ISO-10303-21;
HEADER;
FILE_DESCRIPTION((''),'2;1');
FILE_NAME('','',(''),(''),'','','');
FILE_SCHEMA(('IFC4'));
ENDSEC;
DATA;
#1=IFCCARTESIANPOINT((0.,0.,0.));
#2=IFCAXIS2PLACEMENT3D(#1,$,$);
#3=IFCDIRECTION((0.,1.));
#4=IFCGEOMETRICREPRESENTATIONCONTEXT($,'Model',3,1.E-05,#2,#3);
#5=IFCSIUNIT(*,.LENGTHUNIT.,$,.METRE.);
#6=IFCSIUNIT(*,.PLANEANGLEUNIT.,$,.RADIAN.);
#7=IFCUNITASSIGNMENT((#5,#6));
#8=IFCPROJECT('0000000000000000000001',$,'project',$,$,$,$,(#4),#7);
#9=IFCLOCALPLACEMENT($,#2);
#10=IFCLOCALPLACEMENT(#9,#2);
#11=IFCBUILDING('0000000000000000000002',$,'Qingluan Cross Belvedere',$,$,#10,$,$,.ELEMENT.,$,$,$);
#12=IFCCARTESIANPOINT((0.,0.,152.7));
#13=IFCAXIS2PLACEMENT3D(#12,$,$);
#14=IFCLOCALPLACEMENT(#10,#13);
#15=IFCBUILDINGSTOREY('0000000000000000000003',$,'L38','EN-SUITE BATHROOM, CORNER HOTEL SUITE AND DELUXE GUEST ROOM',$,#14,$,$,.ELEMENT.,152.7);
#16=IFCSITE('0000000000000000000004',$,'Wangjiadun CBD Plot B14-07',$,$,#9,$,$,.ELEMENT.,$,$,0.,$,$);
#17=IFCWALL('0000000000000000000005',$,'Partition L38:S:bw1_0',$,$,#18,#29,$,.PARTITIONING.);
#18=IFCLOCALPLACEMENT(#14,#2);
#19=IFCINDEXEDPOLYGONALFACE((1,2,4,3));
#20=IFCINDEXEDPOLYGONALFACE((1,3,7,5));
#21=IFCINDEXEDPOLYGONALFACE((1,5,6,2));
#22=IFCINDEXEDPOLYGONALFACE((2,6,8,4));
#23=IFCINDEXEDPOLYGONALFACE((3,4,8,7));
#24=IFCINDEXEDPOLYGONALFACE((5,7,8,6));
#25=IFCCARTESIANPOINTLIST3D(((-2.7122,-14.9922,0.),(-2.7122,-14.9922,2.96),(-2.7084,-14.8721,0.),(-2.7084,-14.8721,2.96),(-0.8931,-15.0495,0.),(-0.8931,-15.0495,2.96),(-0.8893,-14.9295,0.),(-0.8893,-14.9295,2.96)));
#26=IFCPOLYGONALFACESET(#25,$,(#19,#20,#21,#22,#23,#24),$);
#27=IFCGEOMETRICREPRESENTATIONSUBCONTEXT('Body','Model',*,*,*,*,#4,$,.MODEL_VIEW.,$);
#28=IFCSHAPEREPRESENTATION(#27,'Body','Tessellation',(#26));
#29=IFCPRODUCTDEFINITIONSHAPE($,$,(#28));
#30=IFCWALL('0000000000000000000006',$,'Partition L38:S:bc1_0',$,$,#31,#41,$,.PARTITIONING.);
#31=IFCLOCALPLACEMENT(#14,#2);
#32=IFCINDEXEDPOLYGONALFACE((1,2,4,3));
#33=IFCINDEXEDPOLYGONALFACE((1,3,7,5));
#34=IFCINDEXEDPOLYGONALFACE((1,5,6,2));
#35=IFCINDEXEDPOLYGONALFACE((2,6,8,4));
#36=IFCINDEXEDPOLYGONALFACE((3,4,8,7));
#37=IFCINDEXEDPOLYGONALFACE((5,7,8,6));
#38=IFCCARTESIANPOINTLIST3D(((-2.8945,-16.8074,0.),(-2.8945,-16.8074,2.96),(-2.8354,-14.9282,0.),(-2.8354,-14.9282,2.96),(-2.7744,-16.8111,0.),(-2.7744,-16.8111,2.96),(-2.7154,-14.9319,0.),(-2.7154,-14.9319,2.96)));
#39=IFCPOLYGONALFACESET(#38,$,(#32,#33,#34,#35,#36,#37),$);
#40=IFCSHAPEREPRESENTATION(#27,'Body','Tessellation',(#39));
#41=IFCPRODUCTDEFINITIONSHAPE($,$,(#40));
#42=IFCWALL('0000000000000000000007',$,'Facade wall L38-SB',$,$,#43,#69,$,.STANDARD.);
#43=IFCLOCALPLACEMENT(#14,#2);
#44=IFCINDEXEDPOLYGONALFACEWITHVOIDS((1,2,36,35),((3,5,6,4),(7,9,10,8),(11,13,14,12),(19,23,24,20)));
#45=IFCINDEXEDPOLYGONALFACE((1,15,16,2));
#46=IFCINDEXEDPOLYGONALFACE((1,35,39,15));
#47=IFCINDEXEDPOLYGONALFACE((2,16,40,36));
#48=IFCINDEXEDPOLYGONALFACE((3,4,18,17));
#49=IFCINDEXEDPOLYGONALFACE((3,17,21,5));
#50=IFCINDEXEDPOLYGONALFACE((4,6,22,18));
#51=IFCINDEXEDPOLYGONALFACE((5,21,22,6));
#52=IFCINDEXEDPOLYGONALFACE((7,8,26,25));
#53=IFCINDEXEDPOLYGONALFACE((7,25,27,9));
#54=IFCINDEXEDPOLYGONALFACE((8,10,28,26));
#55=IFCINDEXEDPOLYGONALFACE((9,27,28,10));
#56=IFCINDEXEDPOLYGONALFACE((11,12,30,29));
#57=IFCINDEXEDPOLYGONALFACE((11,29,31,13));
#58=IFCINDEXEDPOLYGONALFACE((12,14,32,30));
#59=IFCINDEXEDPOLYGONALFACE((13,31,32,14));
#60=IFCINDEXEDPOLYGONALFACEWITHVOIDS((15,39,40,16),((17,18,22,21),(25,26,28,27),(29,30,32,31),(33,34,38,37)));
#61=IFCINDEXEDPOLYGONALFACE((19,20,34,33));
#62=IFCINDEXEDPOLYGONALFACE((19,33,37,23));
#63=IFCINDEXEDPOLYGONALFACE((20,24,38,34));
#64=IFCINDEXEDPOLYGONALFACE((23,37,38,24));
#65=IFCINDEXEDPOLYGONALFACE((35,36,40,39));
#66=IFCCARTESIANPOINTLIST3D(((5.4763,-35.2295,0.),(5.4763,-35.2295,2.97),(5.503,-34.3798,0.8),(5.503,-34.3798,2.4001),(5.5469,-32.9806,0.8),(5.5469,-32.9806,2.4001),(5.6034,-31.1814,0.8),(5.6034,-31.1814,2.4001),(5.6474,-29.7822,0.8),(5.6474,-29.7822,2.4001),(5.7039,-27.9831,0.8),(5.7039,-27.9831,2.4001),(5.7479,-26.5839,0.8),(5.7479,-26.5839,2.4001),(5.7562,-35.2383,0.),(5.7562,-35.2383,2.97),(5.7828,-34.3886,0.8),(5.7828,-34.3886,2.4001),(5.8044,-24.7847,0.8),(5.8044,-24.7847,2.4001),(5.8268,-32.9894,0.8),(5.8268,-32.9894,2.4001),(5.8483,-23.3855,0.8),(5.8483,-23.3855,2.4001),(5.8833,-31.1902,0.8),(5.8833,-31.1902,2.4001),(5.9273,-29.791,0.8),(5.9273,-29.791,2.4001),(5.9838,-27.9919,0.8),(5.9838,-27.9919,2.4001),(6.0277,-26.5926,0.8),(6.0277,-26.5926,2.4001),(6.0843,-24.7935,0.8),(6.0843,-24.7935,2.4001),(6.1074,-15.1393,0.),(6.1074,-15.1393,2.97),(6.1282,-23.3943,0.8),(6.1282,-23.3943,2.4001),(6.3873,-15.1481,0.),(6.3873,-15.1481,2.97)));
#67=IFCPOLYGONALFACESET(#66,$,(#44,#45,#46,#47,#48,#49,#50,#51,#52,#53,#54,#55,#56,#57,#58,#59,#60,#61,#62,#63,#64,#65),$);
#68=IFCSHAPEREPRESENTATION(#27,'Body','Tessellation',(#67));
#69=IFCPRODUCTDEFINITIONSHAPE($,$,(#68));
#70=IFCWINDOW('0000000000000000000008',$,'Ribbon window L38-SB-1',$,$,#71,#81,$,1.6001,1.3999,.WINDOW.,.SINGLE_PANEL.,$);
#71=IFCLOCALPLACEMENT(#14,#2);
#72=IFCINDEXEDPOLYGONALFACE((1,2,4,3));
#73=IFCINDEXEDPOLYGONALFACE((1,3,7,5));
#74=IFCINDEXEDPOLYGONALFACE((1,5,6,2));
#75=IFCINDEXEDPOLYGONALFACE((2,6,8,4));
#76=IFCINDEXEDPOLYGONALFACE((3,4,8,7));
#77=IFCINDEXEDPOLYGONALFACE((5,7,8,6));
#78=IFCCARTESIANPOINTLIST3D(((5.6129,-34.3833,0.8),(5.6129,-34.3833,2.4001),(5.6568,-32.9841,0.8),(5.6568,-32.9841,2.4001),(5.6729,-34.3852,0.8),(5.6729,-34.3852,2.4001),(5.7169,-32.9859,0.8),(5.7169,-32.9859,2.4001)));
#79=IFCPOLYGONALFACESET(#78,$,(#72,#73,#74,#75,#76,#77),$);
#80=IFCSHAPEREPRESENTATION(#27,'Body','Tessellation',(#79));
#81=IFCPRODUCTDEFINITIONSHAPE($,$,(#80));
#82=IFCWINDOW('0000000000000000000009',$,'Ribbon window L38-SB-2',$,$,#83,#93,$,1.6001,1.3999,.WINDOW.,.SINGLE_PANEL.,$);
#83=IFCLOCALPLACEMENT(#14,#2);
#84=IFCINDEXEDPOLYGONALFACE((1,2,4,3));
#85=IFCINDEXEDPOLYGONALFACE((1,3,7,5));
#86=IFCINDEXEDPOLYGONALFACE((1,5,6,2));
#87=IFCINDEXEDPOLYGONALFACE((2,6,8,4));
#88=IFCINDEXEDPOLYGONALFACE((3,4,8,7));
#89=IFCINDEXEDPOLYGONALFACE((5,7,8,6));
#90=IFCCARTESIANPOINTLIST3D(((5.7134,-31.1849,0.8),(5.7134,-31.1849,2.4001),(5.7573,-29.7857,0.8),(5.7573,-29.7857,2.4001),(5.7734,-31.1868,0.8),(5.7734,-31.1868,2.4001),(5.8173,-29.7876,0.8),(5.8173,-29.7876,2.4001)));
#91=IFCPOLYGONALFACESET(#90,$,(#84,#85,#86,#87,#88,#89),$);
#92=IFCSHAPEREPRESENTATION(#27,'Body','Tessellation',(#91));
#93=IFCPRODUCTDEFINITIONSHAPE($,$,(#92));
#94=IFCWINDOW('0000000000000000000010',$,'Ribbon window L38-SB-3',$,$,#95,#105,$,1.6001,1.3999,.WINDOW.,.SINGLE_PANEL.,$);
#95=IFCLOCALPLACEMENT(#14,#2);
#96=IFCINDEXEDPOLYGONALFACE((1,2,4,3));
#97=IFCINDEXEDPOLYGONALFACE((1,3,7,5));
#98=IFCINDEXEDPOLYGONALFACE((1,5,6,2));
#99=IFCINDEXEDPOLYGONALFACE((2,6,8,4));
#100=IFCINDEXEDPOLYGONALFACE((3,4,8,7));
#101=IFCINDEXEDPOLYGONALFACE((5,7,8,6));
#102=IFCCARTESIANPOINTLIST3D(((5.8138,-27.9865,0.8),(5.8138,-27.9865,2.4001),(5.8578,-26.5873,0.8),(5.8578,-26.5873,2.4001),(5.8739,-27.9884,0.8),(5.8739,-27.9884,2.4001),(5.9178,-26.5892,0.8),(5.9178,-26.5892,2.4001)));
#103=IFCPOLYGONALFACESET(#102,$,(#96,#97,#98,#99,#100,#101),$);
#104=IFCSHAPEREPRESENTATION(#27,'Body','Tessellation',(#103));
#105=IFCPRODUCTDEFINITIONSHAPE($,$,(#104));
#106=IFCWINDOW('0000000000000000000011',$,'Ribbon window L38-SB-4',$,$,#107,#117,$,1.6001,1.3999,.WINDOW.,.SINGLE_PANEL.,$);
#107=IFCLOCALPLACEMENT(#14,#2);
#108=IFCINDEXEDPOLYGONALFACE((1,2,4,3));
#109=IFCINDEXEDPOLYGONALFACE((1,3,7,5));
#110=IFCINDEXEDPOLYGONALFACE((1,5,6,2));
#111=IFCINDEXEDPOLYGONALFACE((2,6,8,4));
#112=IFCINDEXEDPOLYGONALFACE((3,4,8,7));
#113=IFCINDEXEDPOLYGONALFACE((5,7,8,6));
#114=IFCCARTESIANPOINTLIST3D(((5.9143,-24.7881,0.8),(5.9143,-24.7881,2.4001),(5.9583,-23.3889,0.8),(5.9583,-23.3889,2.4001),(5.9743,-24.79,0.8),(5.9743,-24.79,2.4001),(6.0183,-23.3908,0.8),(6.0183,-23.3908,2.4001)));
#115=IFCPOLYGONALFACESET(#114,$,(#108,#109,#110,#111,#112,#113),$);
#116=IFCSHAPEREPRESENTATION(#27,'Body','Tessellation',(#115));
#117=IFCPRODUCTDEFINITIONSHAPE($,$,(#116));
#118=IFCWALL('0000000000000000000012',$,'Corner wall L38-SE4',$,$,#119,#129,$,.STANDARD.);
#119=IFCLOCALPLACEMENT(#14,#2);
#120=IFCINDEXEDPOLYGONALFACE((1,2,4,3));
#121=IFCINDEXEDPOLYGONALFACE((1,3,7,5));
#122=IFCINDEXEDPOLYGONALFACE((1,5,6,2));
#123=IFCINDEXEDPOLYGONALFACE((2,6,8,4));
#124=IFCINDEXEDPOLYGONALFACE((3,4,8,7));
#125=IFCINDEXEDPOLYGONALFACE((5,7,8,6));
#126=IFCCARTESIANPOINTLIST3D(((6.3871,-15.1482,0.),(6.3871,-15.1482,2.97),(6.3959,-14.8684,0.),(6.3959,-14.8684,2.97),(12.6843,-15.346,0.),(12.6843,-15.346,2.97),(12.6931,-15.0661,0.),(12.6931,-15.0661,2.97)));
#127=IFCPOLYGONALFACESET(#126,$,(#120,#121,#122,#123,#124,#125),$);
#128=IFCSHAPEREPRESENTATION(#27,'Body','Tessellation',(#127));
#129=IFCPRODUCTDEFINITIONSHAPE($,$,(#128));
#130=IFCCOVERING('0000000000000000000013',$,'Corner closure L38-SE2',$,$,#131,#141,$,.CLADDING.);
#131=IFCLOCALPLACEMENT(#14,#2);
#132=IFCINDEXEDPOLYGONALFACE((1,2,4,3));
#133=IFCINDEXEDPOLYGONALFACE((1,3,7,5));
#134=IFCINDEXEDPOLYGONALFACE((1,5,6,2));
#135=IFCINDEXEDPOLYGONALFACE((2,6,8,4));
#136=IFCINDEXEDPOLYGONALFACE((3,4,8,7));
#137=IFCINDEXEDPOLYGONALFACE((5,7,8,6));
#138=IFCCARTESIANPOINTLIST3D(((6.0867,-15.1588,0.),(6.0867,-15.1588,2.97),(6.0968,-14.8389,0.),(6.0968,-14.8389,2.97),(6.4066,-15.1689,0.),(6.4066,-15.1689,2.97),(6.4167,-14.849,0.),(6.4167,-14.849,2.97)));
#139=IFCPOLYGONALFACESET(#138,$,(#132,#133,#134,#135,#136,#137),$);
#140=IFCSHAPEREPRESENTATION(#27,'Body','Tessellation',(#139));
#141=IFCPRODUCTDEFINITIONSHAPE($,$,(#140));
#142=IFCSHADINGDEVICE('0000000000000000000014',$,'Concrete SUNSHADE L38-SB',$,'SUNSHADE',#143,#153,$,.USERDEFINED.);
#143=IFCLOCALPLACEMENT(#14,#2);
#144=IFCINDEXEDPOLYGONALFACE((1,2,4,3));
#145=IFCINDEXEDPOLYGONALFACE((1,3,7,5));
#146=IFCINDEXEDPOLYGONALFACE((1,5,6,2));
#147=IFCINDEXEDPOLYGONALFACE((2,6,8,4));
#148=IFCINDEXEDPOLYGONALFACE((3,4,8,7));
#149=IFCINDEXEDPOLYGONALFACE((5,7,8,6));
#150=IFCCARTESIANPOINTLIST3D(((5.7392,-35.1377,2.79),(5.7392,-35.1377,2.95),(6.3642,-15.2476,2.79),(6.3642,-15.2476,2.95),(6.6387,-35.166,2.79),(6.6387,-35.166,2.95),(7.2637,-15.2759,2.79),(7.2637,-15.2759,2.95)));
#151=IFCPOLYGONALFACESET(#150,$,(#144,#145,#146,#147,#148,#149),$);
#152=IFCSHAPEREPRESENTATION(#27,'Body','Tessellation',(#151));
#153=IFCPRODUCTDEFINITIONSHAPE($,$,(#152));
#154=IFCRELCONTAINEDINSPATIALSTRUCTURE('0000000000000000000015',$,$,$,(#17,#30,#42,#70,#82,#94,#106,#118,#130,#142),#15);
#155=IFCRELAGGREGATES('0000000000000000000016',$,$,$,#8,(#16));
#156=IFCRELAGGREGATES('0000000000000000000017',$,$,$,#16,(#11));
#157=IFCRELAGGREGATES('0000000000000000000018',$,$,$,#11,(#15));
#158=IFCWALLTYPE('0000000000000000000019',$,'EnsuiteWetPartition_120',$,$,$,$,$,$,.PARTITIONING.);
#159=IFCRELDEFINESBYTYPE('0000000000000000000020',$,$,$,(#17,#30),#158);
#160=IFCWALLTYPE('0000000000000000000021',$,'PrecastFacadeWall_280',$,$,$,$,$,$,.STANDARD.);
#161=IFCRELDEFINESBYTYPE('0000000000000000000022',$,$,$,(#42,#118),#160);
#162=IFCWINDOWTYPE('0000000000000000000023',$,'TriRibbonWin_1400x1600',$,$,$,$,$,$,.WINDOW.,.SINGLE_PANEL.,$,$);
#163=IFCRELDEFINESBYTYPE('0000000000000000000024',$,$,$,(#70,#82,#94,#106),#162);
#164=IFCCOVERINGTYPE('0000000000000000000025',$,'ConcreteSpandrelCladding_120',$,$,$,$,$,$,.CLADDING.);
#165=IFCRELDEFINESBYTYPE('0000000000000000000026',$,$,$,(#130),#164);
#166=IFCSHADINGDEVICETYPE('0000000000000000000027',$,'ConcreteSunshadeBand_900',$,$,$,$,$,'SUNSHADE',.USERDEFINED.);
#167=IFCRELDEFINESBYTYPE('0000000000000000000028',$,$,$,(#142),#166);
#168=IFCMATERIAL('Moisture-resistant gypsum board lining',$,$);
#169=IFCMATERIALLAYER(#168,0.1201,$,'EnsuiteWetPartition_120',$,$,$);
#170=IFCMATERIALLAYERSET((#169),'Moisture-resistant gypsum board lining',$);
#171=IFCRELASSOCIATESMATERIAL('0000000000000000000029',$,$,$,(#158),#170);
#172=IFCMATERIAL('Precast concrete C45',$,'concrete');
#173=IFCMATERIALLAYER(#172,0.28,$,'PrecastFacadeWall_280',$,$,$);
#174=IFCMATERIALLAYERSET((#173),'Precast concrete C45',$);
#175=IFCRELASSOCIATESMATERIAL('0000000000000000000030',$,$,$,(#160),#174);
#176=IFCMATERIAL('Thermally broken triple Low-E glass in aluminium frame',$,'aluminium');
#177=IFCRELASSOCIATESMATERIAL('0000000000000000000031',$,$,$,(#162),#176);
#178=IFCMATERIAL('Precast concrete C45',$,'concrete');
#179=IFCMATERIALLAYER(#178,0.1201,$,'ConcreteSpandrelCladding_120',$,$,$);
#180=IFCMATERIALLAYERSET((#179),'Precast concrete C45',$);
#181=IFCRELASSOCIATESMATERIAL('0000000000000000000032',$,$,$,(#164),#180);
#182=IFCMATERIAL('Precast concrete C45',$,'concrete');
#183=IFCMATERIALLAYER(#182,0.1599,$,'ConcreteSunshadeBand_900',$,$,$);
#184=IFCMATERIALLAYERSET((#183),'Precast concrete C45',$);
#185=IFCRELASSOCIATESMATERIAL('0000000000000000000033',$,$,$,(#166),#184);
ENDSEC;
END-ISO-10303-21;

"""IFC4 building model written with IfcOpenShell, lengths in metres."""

from ifc_helpers import new_model, si_unit, direction, frame, frame_2d, origin, origin_2d, place, context, subcontext, project, spatial, rectangle, extrude, material, layer, layer_set, type_object, element, fill, save


model = new_model("IFC4")

# Units and contexts
model_context = context("Model", 3, precision=1e-05, world=origin(), true_north=direction((0.0, 1.0)))
body_context = subcontext(model_context, "Body", "Model", "MODEL_VIEW")
ifc_project = project(units=[si_unit("LENGTHUNIT", "METRE"), si_unit("PLANEANGLEUNIT", "RADIAN")], contexts=[model_context])

# Site, building, storey
site_placement = place(None, origin())
site = spatial("IfcSite", under=ifc_project, at=site_placement, Name="Wangjiadun CBD Plot B14-07", CompositionType="ELEMENT", RefElevation=0.0)
building_placement = place(site_placement, origin())
building = spatial("IfcBuilding", under=site, at=building_placement, Name="Qingluan Cross Belvedere", CompositionType="ELEMENT")
storey_placement = place(building_placement, frame((0.0, 0.0, 152.7)))
storey = spatial("IfcBuildingStorey", under=building, at=storey_placement, Name="L38", Description="EN-SUITE BATHROOM, CORNER HOTEL SUITE AND DELUXE GUEST ROOM", CompositionType="ELEMENT", Elevation=152.7)

# Shared definitions
ifc_material_1 = material(Name="Moisture-resistant gypsum board lining")
ifc_layer_1 = layer(ifc_material_1, 0.1201, Name="EnsuiteWetPartition_120")
ifc_layer_set_1 = layer_set([ifc_layer_1], Name="Moisture-resistant gypsum board lining")
wall_type_1 = type_object("IfcWallType", Name="EnsuiteWetPartition_120", PredefinedType="PARTITIONING", material=ifc_layer_set_1)

# Walls
wall_1_placement = place(storey_placement, frame((-2.7104, -14.9321, 0.0), z_axis=(0.0, 0.0, 1.0), x_axis=(0.999503, -0.031524, 0.0)))
element("IfcWall", 1, at=wall_1_placement, inside=storey, type_object=wall_type_1, Name="Partition L38:S:bw1_0", PredefinedType="PARTITIONING", context=body_context, shape_type="SweptSolid", body=[
    extrude(rectangle(XDim=1.8201, YDim=0.1201, at=frame_2d((0.9102, 0.0))), origin(), (0.0, 0.0, 1.0), 2.96),
])
wall_2_placement = place(storey_placement, frame((-2.7754, -14.9302, 0.0), z_axis=(0.0, 0.0, 1.0), x_axis=(-0.031425, -0.999506, 0.0)))
element("IfcWall", 2, at=wall_2_placement, inside=storey, type_object=wall_type_1, Name="Partition L38:S:bc1_0", PredefinedType="PARTITIONING", context=body_context, shape_type="SweptSolid", body=[
    extrude(rectangle(XDim=1.8801, YDim=0.1201, at=frame_2d((0.9399, 0.0))), origin(), (0.0, 0.0, 1.0), 2.96),
])

# Wall, openings, windows
ifc_material_2 = material(Name="Precast concrete C45", Category="concrete")
ifc_layer_2 = layer(ifc_material_2, 0.28, Name="PrecastFacadeWall_280")
ifc_layer_set_2 = layer_set([ifc_layer_2], Name="Precast concrete C45")
wall_type_2 = type_object("IfcWallType", Name="PrecastFacadeWall_280", PredefinedType="STANDARD", material=ifc_layer_set_2)
wall_3_placement = place(storey_placement, frame((5.6162, -35.2339, 0.0), z_axis=(0.0, 0.0, 1.0), x_axis=(0.031398, 0.999507, 0.0)))
wall_3 = element("IfcWall", 3, at=wall_3_placement, inside=storey, type_object=wall_type_2, Name="Facade wall L38-SB", PredefinedType="STANDARD", context=body_context, shape_type="SweptSolid", body=[
    extrude(rectangle(XDim=20.1001, YDim=0.28, at=frame_2d((10.05, 0.0))), origin(), (0.0, 0.0, 1.0), 2.97),
])
opening_1_placement = place(wall_3_placement, frame((0.8501, 0.0, 0.8)))
opening_1 = element("IfcOpeningElement", 4, at=opening_1_placement, cuts=wall_3, PredefinedType="OPENING", context=body_context, shape_type="SweptSolid", body=[
    extrude(rectangle(XDim=1.3999, YDim=1.6001, at=frame_2d((0.7, 0.8))), frame((0.0, 0.1499, 0.0), z_axis=(0.0, -1.0, 0.0), x_axis=(1.0, 0.0, 0.0)), (0.0, 0.0, 1.0), 0.3),
])
opening_2_placement = place(wall_3_placement, frame((4.05, 0.0, 0.8)))
opening_2 = element("IfcOpeningElement", 5, at=opening_2_placement, cuts=wall_3, PredefinedType="OPENING", context=body_context, shape_type="SweptSolid", body=[
    extrude(rectangle(XDim=1.3999, YDim=1.6001, at=frame_2d((0.7, 0.8))), frame((0.0, 0.1499, 0.0), z_axis=(0.0, -1.0, 0.0), x_axis=(1.0, 0.0, 0.0)), (0.0, 0.0, 1.0), 0.3),
])
opening_3_placement = place(wall_3_placement, frame((7.25, 0.0, 0.8)))
opening_3 = element("IfcOpeningElement", 6, at=opening_3_placement, cuts=wall_3, PredefinedType="OPENING", context=body_context, shape_type="SweptSolid", body=[
    extrude(rectangle(XDim=1.3999, YDim=1.6001, at=frame_2d((0.7, 0.8))), frame((0.0, 0.1499, 0.0), z_axis=(0.0, -1.0, 0.0), x_axis=(1.0, 0.0, 0.0)), (0.0, 0.0, 1.0), 0.3),
])
opening_4_placement = place(wall_3_placement, frame((10.45, 0.0, 0.8)))
opening_4 = element("IfcOpeningElement", 7, at=opening_4_placement, cuts=wall_3, PredefinedType="OPENING", context=body_context, shape_type="SweptSolid", body=[
    extrude(rectangle(XDim=1.3999, YDim=1.6001, at=frame_2d((0.7, 0.8))), frame((0.0, 0.1499, 0.0), z_axis=(0.0, -1.0, 0.0), x_axis=(1.0, 0.0, 0.0)), (0.0, 0.0, 1.0), 0.3),
])
ifc_material_3 = material(Name="Thermally broken triple Low-E glass in aluminium frame", Category="aluminium")
window_type = type_object("IfcWindowType", Name="TriRibbonWin_1400x1600", PartitioningType="SINGLE_PANEL", PredefinedType="WINDOW", material=ifc_material_3)
window_1_placement = place(opening_1_placement, origin())
window_1 = element("IfcWindow", 8, at=window_1_placement, inside=storey, type_object=window_type, Name="Ribbon window L38-SB-1", OverallHeight=1.6001, OverallWidth=1.3999, PartitioningType="SINGLE_PANEL", PredefinedType="WINDOW", context=body_context, shape_type="SweptSolid", body=[
    extrude(rectangle(XDim=1.3999, YDim=1.6001, at=frame_2d((0.7, 0.8))), frame((0.0, 0.03, 0.0), z_axis=(0.0, -1.0, 0.0), x_axis=(1.0, 0.0, 0.0)), (0.0, 0.0, 1.0), 0.0601),
])
fill(opening_1, window_1)
window_2_placement = place(opening_2_placement, origin())
window_2 = element("IfcWindow", 9, at=window_2_placement, inside=storey, type_object=window_type, Name="Ribbon window L38-SB-2", OverallHeight=1.6001, OverallWidth=1.3999, PartitioningType="SINGLE_PANEL", PredefinedType="WINDOW", context=body_context, shape_type="SweptSolid", body=[
    extrude(rectangle(XDim=1.3999, YDim=1.6001, at=frame_2d((0.7, 0.8))), frame((0.0, 0.03, 0.0), z_axis=(0.0, -1.0, 0.0), x_axis=(1.0, 0.0, 0.0)), (0.0, 0.0, 1.0), 0.0601),
])
fill(opening_2, window_2)
window_3_placement = place(opening_3_placement, origin())
window_3 = element("IfcWindow", 10, at=window_3_placement, inside=storey, type_object=window_type, Name="Ribbon window L38-SB-3", OverallHeight=1.6001, OverallWidth=1.3999, PartitioningType="SINGLE_PANEL", PredefinedType="WINDOW", context=body_context, shape_type="SweptSolid", body=[
    extrude(rectangle(XDim=1.3999, YDim=1.6001, at=frame_2d((0.7, 0.8))), frame((0.0, 0.03, 0.0), z_axis=(0.0, -1.0, 0.0), x_axis=(1.0, 0.0, 0.0)), (0.0, 0.0, 1.0), 0.0601),
])
fill(opening_3, window_3)
window_4_placement = place(opening_4_placement, origin())
window_4 = element("IfcWindow", 11, at=window_4_placement, inside=storey, type_object=window_type, Name="Ribbon window L38-SB-4", OverallHeight=1.6001, OverallWidth=1.3999, PartitioningType="SINGLE_PANEL", PredefinedType="WINDOW", context=body_context, shape_type="SweptSolid", body=[
    extrude(rectangle(XDim=1.3999, YDim=1.6001, at=frame_2d((0.7, 0.8))), frame((0.0, 0.03, 0.0), z_axis=(0.0, -1.0, 0.0), x_axis=(1.0, 0.0, 0.0)), (0.0, 0.0, 1.0), 0.0601),
])
fill(opening_4, window_4)

# Wall
wall_4_placement = place(storey_placement, frame((12.6887, -15.2061, 0.0), z_axis=(0.0, 0.0, 1.0), x_axis=(-0.999507, 0.031388, 0.0)))
element("IfcWall", 12, at=wall_4_placement, inside=storey, type_object=wall_type_2, Name="Corner wall L38-SE4", PredefinedType="STANDARD", context=body_context, shape_type="SweptSolid", body=[
    extrude(rectangle(XDim=6.3003, YDim=0.28, at=frame_2d((3.1501, 0.0))), origin(), (0.0, 0.0, 1.0), 2.97),
])

# Covering
ifc_material_4 = material(Name="Precast concrete C45", Category="concrete")
ifc_layer_3 = layer(ifc_material_4, 0.1201, Name="ConcreteSpandrelCladding_120")
ifc_layer_set_3 = layer_set([ifc_layer_3], Name="Precast concrete C45")
covering_type = type_object("IfcCoveringType", Name="ConcreteSpandrelCladding_120", PredefinedType="CLADDING", material=ifc_layer_set_3)
covering_placement = place(storey_placement, frame((6.2517, -15.0039, 0.0), z_axis=(0.0, 0.0, 1.0), x_axis=(0.999507, -0.031411, 0.0)))
element("IfcCovering", 13, at=covering_placement, inside=storey, type_object=covering_type, Name="Corner closure L38-SE2", PredefinedType="CLADDING", context=body_context, shape_type="SweptSolid", body=[
    extrude(rectangle(XDim=0.3201, YDim=0.3201, at=origin_2d()), origin(), (0.0, 0.0, 1.0), 2.97),
])

# Shading device
ifc_material_5 = material(Name="Precast concrete C45", Category="concrete")
ifc_layer_4 = layer(ifc_material_5, 0.1599, Name="ConcreteSunshadeBand_900")
ifc_layer_set_4 = layer_set([ifc_layer_4], Name="Precast concrete C45")
shading_device_type = type_object("IfcShadingDeviceType", Name="ConcreteSunshadeBand_900", ElementType="SUNSHADE", PredefinedType="USERDEFINED", material=ifc_layer_set_4)
shading_device_placement = place(storey_placement, frame((6.5015, -25.2068, 2.79), z_axis=(0.0, 0.0, 1.0), x_axis=(0.031408, 0.999507, 0.0)))
element("IfcShadingDevice", 14, at=shading_device_placement, inside=storey, type_object=shading_device_type, Name="Concrete SUNSHADE L38-SB", ObjectType="SUNSHADE", PredefinedType="USERDEFINED", context=body_context, shape_type="SweptSolid", body=[
    extrude(rectangle(XDim=19.8999, YDim=0.8999, at=origin_2d()), origin(), (0.0, 0.0, 1.0), 0.1599),
])

save(model, "model.ifc")
